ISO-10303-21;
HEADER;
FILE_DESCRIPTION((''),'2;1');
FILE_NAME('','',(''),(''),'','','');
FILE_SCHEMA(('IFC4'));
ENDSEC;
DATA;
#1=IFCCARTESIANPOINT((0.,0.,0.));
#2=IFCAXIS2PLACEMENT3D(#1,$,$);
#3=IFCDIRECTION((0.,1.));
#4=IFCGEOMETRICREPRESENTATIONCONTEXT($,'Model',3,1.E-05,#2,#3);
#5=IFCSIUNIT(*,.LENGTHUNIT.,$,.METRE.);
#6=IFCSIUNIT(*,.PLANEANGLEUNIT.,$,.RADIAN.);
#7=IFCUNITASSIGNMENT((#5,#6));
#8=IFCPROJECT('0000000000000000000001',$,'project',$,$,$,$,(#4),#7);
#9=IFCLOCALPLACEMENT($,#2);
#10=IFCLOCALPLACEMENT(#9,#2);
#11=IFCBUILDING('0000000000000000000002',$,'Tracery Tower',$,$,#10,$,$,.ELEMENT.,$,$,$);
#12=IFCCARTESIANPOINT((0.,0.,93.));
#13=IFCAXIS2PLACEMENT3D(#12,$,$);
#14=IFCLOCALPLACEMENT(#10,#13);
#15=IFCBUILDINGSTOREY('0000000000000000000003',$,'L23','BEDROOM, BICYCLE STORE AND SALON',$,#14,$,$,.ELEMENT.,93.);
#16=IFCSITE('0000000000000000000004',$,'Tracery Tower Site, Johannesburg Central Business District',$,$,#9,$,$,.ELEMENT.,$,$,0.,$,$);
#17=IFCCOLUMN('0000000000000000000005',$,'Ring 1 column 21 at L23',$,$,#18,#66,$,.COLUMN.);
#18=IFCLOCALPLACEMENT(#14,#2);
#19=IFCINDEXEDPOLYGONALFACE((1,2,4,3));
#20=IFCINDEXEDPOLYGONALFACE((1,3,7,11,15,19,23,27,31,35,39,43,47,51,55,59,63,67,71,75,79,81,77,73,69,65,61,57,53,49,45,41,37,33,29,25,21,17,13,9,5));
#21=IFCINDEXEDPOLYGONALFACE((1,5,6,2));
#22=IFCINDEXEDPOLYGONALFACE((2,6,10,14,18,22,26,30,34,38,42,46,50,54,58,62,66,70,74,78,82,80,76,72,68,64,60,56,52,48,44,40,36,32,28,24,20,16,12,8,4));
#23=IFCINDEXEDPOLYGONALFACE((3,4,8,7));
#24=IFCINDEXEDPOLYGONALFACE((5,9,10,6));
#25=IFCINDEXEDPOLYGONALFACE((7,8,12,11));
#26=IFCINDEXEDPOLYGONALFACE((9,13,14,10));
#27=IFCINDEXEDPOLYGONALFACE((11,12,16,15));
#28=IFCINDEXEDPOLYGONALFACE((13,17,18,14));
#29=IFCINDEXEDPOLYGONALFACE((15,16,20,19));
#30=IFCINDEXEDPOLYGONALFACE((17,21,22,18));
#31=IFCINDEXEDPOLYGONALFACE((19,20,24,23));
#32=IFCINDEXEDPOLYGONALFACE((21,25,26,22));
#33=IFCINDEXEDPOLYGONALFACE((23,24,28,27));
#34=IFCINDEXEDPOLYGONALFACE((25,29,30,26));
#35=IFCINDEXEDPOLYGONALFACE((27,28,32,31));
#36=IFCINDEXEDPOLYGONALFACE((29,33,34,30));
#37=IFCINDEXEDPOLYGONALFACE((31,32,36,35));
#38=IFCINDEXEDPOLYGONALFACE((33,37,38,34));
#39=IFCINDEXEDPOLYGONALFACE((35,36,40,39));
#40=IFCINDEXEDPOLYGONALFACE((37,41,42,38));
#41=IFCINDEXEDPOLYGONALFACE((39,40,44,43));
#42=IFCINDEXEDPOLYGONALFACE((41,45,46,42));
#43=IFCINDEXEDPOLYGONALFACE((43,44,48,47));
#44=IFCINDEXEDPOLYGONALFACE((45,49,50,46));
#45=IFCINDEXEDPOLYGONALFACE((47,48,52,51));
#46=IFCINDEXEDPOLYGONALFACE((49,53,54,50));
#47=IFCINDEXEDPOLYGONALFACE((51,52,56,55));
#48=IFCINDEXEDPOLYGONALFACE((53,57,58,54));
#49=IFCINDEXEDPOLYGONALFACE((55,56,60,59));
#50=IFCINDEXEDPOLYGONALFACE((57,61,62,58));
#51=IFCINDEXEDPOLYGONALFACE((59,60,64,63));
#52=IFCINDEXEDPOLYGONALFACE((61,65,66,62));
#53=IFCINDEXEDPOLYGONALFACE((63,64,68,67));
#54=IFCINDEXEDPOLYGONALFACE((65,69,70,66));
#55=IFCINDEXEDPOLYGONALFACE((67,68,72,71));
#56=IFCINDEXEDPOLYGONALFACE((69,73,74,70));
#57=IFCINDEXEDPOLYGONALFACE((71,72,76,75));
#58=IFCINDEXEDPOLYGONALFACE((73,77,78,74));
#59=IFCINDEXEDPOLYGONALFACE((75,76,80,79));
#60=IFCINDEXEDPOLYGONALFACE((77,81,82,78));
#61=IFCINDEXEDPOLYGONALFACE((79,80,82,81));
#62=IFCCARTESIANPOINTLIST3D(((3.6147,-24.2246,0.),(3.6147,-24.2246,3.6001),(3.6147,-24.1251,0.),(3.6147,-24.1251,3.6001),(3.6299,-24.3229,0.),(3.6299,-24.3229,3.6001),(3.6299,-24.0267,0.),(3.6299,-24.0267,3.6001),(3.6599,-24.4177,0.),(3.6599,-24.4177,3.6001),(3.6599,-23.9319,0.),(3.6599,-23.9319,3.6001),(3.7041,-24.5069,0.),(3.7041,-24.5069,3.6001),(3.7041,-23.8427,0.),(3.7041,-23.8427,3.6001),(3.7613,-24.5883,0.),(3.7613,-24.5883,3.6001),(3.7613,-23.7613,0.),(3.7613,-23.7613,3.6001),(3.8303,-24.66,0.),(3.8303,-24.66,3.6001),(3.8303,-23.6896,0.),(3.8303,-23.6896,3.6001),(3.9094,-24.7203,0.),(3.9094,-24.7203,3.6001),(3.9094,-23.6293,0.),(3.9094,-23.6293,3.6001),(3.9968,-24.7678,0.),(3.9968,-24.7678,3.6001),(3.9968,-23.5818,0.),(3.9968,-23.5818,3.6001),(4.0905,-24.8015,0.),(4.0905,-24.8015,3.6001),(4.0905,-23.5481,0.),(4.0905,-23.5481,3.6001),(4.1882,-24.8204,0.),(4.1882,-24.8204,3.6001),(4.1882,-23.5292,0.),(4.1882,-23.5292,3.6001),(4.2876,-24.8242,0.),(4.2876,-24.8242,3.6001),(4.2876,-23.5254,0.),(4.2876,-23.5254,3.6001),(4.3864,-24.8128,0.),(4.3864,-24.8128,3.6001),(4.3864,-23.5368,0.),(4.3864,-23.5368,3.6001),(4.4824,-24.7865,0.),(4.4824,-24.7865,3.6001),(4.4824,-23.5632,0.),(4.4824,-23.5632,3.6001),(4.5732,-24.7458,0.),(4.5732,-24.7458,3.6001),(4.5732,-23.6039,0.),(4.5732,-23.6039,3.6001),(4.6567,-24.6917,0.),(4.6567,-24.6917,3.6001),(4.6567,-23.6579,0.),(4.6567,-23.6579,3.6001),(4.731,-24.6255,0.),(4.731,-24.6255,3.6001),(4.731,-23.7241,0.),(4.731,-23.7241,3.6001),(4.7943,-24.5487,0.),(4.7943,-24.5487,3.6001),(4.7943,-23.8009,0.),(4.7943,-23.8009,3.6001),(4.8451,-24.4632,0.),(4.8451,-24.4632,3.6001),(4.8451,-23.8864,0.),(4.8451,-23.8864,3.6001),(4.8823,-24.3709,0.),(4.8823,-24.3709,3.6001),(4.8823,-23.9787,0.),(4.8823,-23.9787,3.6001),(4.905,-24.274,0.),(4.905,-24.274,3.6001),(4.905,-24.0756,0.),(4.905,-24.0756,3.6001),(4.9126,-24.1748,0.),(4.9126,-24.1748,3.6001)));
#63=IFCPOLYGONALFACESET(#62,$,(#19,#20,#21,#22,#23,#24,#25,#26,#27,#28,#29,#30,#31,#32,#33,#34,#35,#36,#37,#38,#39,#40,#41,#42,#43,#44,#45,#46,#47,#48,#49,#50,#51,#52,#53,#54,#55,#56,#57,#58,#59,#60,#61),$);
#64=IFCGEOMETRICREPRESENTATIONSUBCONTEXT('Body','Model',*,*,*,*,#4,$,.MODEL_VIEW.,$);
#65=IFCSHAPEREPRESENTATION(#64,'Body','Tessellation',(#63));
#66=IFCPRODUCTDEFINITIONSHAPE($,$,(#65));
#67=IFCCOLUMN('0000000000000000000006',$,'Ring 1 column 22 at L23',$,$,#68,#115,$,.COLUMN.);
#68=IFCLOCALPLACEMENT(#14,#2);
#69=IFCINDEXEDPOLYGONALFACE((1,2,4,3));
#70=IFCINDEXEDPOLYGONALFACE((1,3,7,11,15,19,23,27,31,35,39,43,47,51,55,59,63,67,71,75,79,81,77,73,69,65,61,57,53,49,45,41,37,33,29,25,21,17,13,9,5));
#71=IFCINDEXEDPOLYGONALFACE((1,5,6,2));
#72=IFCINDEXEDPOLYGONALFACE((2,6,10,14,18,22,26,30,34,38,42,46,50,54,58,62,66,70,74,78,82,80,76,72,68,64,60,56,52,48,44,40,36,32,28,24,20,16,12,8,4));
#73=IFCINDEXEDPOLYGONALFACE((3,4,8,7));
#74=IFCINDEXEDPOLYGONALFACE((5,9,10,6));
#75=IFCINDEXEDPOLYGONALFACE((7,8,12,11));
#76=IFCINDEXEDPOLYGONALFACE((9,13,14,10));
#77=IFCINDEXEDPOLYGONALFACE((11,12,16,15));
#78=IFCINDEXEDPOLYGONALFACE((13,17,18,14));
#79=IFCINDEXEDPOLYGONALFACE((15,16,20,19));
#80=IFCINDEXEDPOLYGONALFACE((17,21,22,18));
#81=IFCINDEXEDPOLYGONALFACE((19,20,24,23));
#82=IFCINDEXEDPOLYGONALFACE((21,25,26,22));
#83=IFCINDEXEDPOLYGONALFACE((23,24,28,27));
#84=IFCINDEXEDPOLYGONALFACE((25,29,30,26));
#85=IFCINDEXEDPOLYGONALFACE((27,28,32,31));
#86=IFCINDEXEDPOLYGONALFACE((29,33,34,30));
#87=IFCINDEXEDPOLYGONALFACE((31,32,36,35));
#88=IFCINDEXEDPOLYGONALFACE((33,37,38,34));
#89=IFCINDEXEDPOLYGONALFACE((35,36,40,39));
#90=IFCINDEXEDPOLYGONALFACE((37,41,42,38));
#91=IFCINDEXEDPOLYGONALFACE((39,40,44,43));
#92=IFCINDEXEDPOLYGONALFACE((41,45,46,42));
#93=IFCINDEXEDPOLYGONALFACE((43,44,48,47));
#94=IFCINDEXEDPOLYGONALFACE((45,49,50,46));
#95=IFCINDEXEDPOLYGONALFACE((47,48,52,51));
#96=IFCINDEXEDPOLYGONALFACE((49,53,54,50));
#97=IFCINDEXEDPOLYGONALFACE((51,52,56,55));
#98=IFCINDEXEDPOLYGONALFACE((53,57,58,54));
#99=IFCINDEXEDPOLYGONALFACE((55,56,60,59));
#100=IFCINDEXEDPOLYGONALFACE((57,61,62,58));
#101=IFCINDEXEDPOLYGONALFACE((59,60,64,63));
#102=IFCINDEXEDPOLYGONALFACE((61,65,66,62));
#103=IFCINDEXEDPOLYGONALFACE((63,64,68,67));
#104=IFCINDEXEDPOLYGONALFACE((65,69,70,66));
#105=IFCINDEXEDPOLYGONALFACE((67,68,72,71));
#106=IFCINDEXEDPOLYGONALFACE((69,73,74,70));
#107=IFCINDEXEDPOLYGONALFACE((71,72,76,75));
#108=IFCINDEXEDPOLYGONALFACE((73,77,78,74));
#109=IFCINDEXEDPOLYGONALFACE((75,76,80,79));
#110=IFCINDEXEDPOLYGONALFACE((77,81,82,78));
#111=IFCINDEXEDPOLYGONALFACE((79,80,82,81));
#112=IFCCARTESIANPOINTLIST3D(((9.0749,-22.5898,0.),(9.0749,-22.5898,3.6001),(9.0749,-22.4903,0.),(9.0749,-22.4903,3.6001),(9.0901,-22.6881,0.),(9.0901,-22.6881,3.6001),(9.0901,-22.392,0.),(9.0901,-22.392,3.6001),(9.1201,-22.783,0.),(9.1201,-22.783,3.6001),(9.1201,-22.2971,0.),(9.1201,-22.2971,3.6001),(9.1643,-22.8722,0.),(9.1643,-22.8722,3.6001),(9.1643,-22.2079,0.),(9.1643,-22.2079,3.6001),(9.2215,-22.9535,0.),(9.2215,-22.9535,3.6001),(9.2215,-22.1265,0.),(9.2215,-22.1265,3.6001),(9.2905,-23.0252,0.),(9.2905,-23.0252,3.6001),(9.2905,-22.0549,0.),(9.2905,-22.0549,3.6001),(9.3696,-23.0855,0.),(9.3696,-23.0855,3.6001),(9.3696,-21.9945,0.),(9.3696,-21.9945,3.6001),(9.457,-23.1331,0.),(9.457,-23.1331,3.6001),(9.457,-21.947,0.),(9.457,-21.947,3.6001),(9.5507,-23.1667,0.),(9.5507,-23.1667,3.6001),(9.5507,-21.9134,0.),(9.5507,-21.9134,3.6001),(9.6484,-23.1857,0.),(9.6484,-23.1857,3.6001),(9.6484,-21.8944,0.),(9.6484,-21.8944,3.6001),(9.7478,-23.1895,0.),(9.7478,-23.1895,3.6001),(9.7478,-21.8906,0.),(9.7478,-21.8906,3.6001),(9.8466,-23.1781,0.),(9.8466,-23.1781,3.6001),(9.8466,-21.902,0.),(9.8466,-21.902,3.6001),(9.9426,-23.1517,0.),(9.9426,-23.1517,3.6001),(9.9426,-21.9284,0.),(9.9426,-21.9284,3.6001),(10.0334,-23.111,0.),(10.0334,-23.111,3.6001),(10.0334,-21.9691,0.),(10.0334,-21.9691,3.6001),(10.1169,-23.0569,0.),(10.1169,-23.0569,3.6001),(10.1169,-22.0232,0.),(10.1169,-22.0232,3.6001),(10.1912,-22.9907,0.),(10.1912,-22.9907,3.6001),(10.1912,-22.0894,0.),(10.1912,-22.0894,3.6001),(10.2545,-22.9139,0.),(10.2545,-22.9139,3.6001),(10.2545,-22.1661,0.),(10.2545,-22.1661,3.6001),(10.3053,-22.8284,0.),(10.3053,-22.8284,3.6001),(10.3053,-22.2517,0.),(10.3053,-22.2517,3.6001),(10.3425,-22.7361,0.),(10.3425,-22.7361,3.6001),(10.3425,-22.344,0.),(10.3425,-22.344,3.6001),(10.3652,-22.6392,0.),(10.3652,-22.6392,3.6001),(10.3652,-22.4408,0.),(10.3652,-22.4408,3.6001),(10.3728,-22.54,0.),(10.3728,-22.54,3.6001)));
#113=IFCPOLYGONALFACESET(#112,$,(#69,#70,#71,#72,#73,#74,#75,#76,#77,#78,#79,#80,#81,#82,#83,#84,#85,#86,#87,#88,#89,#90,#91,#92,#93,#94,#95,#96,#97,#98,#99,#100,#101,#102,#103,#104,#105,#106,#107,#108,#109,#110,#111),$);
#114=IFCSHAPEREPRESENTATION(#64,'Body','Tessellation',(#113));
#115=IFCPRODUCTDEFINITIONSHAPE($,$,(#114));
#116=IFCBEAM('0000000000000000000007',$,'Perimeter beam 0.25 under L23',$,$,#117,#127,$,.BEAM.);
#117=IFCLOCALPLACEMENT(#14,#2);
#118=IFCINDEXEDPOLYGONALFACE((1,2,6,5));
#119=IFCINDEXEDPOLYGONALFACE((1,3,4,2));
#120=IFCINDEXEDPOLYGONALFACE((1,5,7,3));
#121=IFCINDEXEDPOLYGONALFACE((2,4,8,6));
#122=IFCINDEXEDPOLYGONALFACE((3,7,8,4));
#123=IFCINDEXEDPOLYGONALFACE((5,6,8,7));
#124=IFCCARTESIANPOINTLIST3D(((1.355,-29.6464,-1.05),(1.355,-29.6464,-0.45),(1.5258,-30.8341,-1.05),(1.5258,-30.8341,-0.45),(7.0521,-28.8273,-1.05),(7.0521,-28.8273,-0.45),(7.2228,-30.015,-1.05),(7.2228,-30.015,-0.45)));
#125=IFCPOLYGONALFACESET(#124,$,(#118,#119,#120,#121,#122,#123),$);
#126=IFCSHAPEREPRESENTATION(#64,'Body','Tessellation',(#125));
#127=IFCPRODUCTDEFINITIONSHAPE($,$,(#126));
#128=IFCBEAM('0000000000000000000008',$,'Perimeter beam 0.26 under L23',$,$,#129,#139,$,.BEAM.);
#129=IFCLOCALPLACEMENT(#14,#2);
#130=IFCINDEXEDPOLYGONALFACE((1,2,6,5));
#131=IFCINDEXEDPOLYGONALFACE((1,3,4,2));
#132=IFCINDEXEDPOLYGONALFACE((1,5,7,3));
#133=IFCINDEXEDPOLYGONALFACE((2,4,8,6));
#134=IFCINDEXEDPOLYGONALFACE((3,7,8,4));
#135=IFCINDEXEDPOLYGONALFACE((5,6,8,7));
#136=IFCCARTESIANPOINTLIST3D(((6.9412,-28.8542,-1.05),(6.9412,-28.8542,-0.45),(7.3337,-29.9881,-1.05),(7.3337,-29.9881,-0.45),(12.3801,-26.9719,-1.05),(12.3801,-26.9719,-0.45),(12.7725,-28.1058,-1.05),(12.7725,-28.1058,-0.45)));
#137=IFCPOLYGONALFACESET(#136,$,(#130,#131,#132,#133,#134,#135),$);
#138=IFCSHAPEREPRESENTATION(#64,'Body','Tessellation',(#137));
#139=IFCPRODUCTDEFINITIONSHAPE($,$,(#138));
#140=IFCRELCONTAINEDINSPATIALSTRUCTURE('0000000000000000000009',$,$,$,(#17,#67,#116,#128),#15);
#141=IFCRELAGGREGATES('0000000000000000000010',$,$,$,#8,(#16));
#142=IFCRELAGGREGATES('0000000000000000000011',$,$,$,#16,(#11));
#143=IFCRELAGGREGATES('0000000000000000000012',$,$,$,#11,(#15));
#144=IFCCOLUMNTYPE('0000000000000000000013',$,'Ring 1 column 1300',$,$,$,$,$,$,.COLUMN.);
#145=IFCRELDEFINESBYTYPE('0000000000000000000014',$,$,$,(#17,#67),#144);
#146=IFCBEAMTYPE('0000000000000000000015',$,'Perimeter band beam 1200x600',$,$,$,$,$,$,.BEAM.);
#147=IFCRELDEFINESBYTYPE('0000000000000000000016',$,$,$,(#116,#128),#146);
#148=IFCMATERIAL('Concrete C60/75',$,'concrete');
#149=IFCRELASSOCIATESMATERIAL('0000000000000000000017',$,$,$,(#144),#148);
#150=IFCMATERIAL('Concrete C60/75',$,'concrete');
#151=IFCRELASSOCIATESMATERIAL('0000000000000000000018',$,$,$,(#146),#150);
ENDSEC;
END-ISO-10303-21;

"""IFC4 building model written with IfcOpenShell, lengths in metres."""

from ifc_helpers import new_model, si_unit, direction, frame, origin, origin_2d, place, context, subcontext, project, spatial, rectangle, circle, extrude, material, material_profile, profile_set, type_object, element, save


model = new_model("IFC4")

# Units and contexts
model_context = context("Model", 3, precision=1e-05, world=origin(), true_north=direction((0.0, 1.0)))
body_context = subcontext(model_context, "Body", "Model", "MODEL_VIEW")
ifc_project = project(units=[si_unit("LENGTHUNIT", "METRE"), si_unit("PLANEANGLEUNIT", "RADIAN")], contexts=[model_context])

# Site, building, storey
site_placement = place(None, origin())
site = spatial("IfcSite", under=ifc_project, at=site_placement, Name="Tracery Tower Site, Johannesburg Central Business District", CompositionType="ELEMENT", RefElevation=0.0)
building_placement = place(site_placement, origin())
building = spatial("IfcBuilding", under=site, at=building_placement, Name="Tracery Tower", CompositionType="ELEMENT")
storey_placement = place(building_placement, frame((0.0, 0.0, 93.0)))
storey = spatial("IfcBuildingStorey", under=building, at=storey_placement, Name="L23", Description="BEDROOM, BICYCLE STORE AND SALON", CompositionType="ELEMENT", Elevation=93.0)

# Columns
ifc_material_1 = material(Name="Concrete C60/75", Category="concrete")
ifc_material_profile_1 = material_profile(ifc_material_1, circle(Radius=0.6499, at=origin_2d()), Name="RC D1300")
ifc_profile_set_1 = profile_set([ifc_material_profile_1], Name="Concrete C60/75")
column_type_1 = type_object("IfcColumnType", Name="Ring 1 column 1300", PredefinedType="COLUMN", material=ifc_profile_set_1)
for number, where, z_axis, x_axis, name in (
    (1, (4.2627, -24.1748, 0.0), (0.0, 0.0, 1.0), (1.0, 0.0, 0.0), "Ring 1 column 21 at L23"),
    (2, (9.7229, -22.54, 0.0), (0.0, 0.0, 1.0), (1.0, 0.0, 0.0), "Ring 1 column 22 at L23"),
):
    element("IfcColumn", number, at=place(storey_placement, frame(where, z_axis=z_axis, x_axis=x_axis)), inside=storey, type_object=column_type_1, Name=name, PredefinedType="COLUMN", context=body_context, shape_type="SweptSolid", body=[
        extrude(circle(Radius=0.6499, at=origin_2d()), origin(), (0.0, 0.0, 1.0), 3.6001),
    ])

# Beams
ifc_material_2 = material(Name="Concrete C60/75", Category="concrete")
ifc_material_profile_2 = material_profile(ifc_material_2, rectangle(XDim=1.2, YDim=0.6001, at=origin_2d()), Name="RC 1200x600")
ifc_profile_set_2 = profile_set([ifc_material_profile_2], Name="Concrete C60/75")
beam_type = type_object("IfcBeamType", Name="Perimeter band beam 1200x600", PredefinedType="BEAM", material=ifc_profile_set_2)
beam_1_placement = place(storey_placement, frame((1.4404, -30.2402, -0.75), z_axis=(0.989822, 0.142312, 0.0), x_axis=(-0.142312, 0.989822, 0.0)))
element("IfcBeam", 3, at=beam_1_placement, inside=storey, type_object=beam_type, Name="Perimeter beam 0.25 under L23", PredefinedType="BEAM", context=body_context, shape_type="SweptSolid", body=[
    extrude(rectangle(XDim=1.2, YDim=0.6001, at=origin_2d()), origin(), (0.0, 0.0, 1.0), 5.7556),
])
beam_2_placement = place(storey_placement, frame((7.1375, -29.4211, -0.75), z_axis=(0.945007, 0.327049, 0.0), x_axis=(-0.327049, 0.945007, 0.0)))
element("IfcBeam", 4, at=beam_2_placement, inside=storey, type_object=beam_type, Name="Perimeter beam 0.26 under L23", PredefinedType="BEAM", context=body_context, shape_type="SweptSolid", body=[
    extrude(rectangle(XDim=1.2, YDim=0.6001, at=origin_2d()), origin(), (0.0, 0.0, 1.0), 5.7554),
])

save(model, "model.ifc")
